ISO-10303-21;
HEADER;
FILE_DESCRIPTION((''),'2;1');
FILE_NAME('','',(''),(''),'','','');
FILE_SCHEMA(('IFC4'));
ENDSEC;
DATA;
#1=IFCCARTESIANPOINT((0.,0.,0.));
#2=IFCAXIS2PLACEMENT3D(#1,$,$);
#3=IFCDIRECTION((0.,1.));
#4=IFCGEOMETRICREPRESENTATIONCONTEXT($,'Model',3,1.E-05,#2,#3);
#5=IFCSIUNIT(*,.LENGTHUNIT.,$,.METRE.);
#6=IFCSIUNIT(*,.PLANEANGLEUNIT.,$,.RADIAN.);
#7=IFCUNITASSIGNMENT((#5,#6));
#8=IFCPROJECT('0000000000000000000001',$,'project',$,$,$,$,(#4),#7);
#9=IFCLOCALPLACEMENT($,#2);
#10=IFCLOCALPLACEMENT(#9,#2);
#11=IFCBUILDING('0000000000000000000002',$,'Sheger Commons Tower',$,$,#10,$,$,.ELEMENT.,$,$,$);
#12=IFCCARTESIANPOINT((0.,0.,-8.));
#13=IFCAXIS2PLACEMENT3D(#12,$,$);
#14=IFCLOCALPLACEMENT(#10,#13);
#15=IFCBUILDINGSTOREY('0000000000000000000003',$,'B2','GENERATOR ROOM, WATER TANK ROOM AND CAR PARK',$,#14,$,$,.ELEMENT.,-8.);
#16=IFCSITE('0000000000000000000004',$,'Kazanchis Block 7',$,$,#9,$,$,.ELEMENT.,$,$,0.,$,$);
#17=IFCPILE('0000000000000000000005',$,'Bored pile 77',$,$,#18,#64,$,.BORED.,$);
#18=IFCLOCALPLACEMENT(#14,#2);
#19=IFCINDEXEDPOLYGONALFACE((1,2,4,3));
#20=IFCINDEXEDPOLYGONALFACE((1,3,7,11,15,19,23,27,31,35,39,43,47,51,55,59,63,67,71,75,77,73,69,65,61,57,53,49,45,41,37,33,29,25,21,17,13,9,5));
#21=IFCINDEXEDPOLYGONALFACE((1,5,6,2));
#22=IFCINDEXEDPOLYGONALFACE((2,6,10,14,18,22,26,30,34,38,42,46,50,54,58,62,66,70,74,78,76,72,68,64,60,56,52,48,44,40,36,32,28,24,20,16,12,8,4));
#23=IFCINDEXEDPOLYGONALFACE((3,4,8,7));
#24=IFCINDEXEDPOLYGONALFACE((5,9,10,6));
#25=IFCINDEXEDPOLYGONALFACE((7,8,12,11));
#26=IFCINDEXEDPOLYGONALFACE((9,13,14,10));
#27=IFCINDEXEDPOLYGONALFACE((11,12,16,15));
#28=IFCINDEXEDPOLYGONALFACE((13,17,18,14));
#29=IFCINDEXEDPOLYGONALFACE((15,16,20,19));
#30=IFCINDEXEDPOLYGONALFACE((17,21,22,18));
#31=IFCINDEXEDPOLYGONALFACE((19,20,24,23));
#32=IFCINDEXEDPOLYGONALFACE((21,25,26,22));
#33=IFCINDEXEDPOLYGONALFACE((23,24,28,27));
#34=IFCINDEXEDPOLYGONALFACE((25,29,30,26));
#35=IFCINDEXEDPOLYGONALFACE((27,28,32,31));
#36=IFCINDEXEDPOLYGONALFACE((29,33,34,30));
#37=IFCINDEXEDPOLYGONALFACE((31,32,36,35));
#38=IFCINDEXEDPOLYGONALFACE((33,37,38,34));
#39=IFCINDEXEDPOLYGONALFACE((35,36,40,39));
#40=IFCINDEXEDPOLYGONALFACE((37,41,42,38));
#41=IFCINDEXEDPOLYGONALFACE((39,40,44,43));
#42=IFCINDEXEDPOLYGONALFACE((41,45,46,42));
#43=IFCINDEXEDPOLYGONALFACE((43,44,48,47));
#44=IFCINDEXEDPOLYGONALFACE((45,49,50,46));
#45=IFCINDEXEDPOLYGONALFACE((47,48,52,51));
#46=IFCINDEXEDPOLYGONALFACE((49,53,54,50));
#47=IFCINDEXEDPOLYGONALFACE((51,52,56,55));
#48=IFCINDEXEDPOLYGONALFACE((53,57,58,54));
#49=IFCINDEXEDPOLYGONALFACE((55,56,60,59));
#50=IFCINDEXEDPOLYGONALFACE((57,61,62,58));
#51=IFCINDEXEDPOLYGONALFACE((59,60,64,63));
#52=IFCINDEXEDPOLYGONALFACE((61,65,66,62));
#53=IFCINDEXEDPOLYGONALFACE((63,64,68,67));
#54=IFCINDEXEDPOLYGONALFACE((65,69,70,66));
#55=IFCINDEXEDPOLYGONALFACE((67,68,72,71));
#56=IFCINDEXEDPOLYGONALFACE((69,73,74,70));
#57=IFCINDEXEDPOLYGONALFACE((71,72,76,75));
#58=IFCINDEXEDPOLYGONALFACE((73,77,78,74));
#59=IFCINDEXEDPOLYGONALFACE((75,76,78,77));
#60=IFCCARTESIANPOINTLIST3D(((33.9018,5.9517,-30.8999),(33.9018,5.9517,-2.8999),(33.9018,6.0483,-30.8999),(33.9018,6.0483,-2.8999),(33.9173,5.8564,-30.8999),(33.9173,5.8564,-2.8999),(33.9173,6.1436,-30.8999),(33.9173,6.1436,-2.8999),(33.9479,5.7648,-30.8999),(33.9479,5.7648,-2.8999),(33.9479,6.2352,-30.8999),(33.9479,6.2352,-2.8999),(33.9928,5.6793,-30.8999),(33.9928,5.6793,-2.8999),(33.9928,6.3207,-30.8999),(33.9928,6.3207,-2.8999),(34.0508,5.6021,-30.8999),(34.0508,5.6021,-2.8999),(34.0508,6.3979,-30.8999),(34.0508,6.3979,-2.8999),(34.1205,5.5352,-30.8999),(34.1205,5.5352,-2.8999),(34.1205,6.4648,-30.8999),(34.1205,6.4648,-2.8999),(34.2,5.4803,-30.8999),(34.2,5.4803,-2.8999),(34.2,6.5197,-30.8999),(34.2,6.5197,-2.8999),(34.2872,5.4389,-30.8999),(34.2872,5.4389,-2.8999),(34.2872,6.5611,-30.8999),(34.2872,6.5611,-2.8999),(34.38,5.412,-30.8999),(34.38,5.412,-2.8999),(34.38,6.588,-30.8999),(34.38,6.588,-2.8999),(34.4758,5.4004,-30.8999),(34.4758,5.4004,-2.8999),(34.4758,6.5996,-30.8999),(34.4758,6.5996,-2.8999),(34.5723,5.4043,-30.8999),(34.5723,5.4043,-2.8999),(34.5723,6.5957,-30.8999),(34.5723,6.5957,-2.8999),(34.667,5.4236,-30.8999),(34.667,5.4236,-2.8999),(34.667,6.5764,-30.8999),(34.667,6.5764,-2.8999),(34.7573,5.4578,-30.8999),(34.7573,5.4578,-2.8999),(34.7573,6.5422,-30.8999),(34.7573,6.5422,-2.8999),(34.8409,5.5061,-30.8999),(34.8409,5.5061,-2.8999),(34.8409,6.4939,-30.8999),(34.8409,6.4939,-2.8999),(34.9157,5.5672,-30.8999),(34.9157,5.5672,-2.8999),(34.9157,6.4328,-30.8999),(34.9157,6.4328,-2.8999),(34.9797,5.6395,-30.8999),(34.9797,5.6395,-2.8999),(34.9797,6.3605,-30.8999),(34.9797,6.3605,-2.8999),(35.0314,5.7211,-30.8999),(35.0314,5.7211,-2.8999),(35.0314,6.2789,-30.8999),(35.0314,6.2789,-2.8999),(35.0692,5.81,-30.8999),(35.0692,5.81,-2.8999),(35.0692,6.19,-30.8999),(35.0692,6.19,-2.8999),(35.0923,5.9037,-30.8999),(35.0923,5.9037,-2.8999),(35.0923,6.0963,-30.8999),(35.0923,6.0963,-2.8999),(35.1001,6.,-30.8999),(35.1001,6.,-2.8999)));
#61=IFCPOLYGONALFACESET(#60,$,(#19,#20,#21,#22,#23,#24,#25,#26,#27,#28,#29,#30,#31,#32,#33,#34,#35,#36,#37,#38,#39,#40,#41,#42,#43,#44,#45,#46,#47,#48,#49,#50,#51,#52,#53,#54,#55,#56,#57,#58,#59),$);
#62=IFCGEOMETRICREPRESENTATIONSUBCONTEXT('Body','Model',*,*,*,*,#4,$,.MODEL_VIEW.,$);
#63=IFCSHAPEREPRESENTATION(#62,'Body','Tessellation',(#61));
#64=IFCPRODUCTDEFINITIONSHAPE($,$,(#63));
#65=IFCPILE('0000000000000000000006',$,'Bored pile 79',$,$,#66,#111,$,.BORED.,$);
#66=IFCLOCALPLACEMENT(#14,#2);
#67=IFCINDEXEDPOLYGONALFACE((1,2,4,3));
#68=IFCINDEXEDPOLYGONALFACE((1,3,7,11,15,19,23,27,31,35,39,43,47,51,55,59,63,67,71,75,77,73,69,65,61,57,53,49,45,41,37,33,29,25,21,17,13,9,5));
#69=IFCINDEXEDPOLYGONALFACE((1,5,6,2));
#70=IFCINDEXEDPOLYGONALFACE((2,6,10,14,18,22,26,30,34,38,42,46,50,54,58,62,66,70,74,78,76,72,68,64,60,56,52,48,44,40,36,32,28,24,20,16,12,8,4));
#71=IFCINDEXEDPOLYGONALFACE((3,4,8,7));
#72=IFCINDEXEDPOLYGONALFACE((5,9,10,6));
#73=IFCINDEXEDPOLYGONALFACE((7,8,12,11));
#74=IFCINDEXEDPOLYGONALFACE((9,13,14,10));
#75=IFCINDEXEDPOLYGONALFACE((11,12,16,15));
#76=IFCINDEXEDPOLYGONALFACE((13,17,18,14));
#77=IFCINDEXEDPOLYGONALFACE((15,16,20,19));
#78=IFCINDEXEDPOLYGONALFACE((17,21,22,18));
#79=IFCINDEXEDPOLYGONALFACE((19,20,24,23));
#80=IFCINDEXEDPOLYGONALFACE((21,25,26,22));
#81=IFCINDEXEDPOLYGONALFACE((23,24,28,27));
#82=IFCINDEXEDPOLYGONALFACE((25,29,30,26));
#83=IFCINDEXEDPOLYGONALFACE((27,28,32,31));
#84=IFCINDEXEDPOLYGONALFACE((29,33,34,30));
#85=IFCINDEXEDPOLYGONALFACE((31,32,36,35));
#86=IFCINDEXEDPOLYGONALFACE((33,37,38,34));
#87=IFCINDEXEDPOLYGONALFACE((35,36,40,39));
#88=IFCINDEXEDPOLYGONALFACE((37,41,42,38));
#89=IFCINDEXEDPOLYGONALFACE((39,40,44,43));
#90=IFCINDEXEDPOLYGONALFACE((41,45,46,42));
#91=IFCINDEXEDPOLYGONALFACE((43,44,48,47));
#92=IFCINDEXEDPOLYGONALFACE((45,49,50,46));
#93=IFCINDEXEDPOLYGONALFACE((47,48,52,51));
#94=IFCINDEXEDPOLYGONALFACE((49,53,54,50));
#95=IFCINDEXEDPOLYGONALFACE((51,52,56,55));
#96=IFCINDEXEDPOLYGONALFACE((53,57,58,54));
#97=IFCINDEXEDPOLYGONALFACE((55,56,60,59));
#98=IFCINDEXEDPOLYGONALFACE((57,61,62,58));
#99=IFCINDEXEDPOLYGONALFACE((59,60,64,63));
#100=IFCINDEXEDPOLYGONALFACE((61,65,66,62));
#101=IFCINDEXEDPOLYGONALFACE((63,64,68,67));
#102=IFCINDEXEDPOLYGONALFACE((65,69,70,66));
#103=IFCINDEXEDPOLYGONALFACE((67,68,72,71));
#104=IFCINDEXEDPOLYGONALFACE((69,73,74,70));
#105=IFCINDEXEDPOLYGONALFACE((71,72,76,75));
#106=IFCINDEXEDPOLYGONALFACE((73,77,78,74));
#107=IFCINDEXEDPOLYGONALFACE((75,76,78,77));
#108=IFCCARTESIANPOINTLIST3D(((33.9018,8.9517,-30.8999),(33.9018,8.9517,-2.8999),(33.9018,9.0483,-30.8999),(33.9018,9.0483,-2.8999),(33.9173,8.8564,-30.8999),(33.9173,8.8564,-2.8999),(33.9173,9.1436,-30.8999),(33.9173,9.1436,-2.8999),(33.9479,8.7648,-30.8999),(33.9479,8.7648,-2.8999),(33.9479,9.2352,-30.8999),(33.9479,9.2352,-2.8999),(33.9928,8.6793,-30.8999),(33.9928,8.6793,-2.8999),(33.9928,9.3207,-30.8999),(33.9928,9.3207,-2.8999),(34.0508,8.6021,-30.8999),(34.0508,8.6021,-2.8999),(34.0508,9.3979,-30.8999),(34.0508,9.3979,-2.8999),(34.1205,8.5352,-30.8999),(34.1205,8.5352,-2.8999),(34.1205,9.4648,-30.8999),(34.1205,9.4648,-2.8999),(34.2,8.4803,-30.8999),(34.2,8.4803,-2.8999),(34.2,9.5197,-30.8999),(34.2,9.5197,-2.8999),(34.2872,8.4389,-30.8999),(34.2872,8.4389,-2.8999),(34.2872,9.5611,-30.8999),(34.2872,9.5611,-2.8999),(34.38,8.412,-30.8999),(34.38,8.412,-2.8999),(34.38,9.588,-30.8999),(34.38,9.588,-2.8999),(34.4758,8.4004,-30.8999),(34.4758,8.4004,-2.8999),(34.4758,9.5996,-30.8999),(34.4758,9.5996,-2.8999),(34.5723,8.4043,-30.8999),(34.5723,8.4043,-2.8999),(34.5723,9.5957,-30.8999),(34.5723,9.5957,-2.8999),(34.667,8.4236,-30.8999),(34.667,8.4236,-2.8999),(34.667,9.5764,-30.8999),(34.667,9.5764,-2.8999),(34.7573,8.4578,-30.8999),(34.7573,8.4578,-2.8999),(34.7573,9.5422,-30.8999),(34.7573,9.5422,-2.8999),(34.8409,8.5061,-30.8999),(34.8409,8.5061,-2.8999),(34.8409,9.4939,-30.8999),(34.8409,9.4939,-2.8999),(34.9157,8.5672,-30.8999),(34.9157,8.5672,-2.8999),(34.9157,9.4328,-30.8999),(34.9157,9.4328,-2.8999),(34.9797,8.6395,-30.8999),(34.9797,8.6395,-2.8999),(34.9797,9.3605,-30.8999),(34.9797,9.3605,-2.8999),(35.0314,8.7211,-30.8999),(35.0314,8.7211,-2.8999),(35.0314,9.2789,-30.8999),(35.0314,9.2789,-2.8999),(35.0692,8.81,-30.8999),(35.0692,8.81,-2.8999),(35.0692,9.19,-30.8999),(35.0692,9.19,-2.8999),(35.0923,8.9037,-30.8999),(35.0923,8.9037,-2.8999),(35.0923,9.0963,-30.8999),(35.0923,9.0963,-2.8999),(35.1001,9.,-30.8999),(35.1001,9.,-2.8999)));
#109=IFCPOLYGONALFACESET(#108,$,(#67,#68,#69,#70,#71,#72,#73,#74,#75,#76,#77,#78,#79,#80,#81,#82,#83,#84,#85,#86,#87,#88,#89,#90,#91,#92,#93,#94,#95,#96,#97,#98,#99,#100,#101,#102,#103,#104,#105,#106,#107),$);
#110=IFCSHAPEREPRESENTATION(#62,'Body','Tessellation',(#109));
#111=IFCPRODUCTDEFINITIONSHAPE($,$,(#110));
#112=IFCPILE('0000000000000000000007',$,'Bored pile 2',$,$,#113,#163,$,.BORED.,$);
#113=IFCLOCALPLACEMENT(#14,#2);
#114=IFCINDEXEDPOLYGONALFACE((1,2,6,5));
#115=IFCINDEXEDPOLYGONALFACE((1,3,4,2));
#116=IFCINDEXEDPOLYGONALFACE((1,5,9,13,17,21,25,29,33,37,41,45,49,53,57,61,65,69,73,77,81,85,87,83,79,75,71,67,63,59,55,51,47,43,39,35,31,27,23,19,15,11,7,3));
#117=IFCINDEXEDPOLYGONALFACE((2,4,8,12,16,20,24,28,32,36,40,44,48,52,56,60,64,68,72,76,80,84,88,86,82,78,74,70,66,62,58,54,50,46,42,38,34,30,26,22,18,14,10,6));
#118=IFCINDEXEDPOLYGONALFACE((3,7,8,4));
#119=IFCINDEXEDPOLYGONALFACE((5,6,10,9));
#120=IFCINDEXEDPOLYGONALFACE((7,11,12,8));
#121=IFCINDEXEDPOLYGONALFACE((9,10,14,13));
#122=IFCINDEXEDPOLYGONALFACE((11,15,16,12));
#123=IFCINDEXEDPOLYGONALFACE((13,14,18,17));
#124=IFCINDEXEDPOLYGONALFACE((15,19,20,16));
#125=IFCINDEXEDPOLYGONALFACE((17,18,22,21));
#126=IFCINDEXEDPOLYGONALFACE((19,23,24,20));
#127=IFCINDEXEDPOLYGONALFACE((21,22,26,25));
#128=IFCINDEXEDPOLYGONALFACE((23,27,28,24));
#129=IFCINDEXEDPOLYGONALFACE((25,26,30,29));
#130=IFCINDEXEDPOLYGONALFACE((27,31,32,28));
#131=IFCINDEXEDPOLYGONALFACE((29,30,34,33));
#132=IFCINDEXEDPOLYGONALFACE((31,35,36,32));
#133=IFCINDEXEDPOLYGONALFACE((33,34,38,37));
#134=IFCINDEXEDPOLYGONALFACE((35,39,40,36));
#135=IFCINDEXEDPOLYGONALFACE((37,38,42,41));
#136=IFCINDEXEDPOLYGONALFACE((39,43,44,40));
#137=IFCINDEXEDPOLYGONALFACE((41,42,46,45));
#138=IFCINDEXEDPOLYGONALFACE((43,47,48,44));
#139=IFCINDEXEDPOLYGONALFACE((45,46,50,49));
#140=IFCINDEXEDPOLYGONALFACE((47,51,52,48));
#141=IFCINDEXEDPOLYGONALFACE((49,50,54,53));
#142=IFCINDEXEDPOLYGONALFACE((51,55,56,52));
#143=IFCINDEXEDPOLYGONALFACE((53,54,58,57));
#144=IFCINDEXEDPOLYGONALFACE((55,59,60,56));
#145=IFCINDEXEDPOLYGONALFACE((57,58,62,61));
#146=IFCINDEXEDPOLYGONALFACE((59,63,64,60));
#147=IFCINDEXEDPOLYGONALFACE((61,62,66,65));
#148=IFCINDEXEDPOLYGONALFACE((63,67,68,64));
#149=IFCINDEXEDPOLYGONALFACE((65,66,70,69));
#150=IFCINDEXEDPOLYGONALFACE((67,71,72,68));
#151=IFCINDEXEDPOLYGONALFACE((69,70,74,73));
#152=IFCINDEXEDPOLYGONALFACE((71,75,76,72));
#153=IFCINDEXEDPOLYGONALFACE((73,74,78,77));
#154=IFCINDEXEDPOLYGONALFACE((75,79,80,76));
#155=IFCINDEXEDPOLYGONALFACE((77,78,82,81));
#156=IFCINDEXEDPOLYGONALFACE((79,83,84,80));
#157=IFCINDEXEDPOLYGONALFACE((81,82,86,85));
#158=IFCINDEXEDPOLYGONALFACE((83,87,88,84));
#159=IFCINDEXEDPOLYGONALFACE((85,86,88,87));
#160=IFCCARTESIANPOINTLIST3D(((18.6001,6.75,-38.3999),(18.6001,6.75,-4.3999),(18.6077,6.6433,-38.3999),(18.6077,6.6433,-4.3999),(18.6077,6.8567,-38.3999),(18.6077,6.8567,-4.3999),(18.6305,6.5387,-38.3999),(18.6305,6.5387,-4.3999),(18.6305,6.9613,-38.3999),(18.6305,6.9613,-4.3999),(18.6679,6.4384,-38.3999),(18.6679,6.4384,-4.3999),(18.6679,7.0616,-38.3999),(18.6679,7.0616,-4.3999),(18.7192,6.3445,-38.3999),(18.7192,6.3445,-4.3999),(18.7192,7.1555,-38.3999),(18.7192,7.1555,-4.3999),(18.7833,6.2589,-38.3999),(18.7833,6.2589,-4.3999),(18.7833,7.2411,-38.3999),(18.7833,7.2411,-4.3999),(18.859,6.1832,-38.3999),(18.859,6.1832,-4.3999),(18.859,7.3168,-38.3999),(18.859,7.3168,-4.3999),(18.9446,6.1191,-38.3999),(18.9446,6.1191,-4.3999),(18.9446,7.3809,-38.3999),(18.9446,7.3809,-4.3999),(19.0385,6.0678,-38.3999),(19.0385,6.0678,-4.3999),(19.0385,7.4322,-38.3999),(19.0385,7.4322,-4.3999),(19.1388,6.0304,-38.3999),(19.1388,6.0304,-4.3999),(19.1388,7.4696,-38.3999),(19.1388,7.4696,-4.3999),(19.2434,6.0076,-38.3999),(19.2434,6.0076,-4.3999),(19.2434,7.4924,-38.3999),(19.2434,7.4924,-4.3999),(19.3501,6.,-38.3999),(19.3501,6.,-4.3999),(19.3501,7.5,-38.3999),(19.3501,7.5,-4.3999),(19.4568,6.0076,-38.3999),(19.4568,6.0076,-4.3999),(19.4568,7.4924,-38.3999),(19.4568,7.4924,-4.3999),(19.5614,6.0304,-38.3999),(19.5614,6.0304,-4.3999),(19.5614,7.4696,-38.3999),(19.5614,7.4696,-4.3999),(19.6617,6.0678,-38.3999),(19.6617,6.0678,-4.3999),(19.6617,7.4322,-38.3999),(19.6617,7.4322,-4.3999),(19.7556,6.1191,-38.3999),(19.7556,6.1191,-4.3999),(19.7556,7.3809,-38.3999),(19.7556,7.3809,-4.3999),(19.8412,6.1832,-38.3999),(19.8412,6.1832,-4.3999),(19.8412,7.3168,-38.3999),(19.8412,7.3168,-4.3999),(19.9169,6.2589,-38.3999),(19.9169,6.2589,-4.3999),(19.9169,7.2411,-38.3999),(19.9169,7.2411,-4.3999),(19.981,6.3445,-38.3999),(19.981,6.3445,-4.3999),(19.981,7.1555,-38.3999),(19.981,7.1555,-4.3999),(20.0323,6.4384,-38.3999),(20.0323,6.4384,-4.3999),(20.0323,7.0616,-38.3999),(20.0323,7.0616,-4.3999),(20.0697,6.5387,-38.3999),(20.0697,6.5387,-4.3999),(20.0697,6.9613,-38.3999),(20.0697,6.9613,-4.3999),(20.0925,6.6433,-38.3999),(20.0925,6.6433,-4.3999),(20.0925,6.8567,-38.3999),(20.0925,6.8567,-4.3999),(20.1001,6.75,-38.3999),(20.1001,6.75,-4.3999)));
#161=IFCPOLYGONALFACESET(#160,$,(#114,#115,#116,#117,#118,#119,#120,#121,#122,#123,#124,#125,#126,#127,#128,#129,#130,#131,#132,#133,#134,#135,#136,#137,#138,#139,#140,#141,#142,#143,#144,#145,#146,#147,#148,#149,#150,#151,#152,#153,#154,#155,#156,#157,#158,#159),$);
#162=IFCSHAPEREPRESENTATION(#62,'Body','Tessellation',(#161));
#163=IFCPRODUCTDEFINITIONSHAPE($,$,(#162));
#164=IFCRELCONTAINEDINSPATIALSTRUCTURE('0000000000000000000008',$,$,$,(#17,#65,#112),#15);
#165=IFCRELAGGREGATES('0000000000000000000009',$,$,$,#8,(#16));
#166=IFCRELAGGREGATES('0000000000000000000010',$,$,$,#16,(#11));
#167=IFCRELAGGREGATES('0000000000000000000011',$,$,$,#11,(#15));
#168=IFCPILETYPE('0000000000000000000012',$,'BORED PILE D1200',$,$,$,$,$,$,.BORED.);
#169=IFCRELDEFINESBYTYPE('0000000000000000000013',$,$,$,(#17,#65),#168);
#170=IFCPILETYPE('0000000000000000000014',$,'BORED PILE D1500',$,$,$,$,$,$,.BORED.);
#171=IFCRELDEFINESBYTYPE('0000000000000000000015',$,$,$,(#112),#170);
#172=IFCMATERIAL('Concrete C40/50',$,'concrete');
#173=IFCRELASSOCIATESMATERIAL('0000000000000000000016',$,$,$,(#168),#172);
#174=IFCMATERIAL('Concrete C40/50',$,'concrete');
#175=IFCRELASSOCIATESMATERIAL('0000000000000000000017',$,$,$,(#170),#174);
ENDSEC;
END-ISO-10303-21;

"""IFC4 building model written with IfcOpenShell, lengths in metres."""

from ifc_helpers import new_model, si_unit, direction, frame, origin, origin_2d, place, context, subcontext, project, spatial, circle, extrude, material, material_profile, profile_set, type_object, element, save


model = new_model("IFC4")

# Units and contexts
model_context = context("Model", 3, precision=1e-05, world=origin(), true_north=direction((0.0, 1.0)))
body_context = subcontext(model_context, "Body", "Model", "MODEL_VIEW")
ifc_project = project(units=[si_unit("LENGTHUNIT", "METRE"), si_unit("PLANEANGLEUNIT", "RADIAN")], contexts=[model_context])

# Site, building, storey
site_placement = place(None, origin())
site = spatial("IfcSite", under=ifc_project, at=site_placement, Name="Kazanchis Block 7", CompositionType="ELEMENT", RefElevation=0.0)
building_placement = place(site_placement, origin())
building = spatial("IfcBuilding", under=site, at=building_placement, Name="Sheger Commons Tower", CompositionType="ELEMENT")
storey_placement = place(building_placement, frame((0.0, 0.0, -8.0)))
storey = spatial("IfcBuildingStorey", under=building, at=storey_placement, Name="B2", Description="GENERATOR ROOM, WATER TANK ROOM AND CAR PARK", CompositionType="ELEMENT", Elevation=-8.0)

# Piles
ifc_material_1 = material(Name="Concrete C40/50", Category="concrete")
ifc_material_profile_1 = material_profile(ifc_material_1, circle(Radius=0.6001, at=origin_2d()), Name="PILE D1200")
ifc_profile_set_1 = profile_set([ifc_material_profile_1], Name="Concrete C40/50")
pile_type_1 = type_object("IfcPileType", Name="BORED PILE D1200", PredefinedType="BORED", material=ifc_profile_set_1)
for number, where, z_axis, x_axis, name in (
    (1, (34.5, 6.0, -2.8999), (0.0, 0.0, -1.0), (1.0, 0.0, 0.0), "Bored pile 77"),
    (2, (34.5, 9.0, -2.8999), (0.0, 0.0, -1.0), (1.0, 0.0, 0.0), "Bored pile 79"),
):
    element("IfcPile", number, at=place(storey_placement, frame(where, z_axis=z_axis, x_axis=x_axis)), inside=storey, type_object=pile_type_1, Name=name, PredefinedType="BORED", context=body_context, shape_type="SweptSolid", body=[
        extrude(circle(Radius=0.6001, at=origin_2d()), origin(), (0.0, 0.0, 1.0), 28.0),
    ])
ifc_material_2 = material(Name="Concrete C40/50", Category="concrete")
ifc_material_profile_2 = material_profile(ifc_material_2, circle(Radius=0.75, at=origin_2d()), Name="PILE D1500")
ifc_profile_set_2 = profile_set([ifc_material_profile_2], Name="Concrete C40/50")
pile_type_2 = type_object("IfcPileType", Name="BORED PILE D1500", PredefinedType="BORED", material=ifc_profile_set_2)
for number, where, z_axis, x_axis, name in (
    (3, (19.3501, 6.75, -4.3999), (0.0, 0.0, -1.0), (1.0, 0.0, 0.0), "Bored pile 2"),
):
    element("IfcPile", number, at=place(storey_placement, frame(where, z_axis=z_axis, x_axis=x_axis)), inside=storey, type_object=pile_type_2, Name=name, PredefinedType="BORED", context=body_context, shape_type="SweptSolid", body=[
        extrude(circle(Radius=0.75, at=origin_2d()), origin(), (0.0, 0.0, 1.0), 34.0),
    ])

save(model, "model.ifc")
